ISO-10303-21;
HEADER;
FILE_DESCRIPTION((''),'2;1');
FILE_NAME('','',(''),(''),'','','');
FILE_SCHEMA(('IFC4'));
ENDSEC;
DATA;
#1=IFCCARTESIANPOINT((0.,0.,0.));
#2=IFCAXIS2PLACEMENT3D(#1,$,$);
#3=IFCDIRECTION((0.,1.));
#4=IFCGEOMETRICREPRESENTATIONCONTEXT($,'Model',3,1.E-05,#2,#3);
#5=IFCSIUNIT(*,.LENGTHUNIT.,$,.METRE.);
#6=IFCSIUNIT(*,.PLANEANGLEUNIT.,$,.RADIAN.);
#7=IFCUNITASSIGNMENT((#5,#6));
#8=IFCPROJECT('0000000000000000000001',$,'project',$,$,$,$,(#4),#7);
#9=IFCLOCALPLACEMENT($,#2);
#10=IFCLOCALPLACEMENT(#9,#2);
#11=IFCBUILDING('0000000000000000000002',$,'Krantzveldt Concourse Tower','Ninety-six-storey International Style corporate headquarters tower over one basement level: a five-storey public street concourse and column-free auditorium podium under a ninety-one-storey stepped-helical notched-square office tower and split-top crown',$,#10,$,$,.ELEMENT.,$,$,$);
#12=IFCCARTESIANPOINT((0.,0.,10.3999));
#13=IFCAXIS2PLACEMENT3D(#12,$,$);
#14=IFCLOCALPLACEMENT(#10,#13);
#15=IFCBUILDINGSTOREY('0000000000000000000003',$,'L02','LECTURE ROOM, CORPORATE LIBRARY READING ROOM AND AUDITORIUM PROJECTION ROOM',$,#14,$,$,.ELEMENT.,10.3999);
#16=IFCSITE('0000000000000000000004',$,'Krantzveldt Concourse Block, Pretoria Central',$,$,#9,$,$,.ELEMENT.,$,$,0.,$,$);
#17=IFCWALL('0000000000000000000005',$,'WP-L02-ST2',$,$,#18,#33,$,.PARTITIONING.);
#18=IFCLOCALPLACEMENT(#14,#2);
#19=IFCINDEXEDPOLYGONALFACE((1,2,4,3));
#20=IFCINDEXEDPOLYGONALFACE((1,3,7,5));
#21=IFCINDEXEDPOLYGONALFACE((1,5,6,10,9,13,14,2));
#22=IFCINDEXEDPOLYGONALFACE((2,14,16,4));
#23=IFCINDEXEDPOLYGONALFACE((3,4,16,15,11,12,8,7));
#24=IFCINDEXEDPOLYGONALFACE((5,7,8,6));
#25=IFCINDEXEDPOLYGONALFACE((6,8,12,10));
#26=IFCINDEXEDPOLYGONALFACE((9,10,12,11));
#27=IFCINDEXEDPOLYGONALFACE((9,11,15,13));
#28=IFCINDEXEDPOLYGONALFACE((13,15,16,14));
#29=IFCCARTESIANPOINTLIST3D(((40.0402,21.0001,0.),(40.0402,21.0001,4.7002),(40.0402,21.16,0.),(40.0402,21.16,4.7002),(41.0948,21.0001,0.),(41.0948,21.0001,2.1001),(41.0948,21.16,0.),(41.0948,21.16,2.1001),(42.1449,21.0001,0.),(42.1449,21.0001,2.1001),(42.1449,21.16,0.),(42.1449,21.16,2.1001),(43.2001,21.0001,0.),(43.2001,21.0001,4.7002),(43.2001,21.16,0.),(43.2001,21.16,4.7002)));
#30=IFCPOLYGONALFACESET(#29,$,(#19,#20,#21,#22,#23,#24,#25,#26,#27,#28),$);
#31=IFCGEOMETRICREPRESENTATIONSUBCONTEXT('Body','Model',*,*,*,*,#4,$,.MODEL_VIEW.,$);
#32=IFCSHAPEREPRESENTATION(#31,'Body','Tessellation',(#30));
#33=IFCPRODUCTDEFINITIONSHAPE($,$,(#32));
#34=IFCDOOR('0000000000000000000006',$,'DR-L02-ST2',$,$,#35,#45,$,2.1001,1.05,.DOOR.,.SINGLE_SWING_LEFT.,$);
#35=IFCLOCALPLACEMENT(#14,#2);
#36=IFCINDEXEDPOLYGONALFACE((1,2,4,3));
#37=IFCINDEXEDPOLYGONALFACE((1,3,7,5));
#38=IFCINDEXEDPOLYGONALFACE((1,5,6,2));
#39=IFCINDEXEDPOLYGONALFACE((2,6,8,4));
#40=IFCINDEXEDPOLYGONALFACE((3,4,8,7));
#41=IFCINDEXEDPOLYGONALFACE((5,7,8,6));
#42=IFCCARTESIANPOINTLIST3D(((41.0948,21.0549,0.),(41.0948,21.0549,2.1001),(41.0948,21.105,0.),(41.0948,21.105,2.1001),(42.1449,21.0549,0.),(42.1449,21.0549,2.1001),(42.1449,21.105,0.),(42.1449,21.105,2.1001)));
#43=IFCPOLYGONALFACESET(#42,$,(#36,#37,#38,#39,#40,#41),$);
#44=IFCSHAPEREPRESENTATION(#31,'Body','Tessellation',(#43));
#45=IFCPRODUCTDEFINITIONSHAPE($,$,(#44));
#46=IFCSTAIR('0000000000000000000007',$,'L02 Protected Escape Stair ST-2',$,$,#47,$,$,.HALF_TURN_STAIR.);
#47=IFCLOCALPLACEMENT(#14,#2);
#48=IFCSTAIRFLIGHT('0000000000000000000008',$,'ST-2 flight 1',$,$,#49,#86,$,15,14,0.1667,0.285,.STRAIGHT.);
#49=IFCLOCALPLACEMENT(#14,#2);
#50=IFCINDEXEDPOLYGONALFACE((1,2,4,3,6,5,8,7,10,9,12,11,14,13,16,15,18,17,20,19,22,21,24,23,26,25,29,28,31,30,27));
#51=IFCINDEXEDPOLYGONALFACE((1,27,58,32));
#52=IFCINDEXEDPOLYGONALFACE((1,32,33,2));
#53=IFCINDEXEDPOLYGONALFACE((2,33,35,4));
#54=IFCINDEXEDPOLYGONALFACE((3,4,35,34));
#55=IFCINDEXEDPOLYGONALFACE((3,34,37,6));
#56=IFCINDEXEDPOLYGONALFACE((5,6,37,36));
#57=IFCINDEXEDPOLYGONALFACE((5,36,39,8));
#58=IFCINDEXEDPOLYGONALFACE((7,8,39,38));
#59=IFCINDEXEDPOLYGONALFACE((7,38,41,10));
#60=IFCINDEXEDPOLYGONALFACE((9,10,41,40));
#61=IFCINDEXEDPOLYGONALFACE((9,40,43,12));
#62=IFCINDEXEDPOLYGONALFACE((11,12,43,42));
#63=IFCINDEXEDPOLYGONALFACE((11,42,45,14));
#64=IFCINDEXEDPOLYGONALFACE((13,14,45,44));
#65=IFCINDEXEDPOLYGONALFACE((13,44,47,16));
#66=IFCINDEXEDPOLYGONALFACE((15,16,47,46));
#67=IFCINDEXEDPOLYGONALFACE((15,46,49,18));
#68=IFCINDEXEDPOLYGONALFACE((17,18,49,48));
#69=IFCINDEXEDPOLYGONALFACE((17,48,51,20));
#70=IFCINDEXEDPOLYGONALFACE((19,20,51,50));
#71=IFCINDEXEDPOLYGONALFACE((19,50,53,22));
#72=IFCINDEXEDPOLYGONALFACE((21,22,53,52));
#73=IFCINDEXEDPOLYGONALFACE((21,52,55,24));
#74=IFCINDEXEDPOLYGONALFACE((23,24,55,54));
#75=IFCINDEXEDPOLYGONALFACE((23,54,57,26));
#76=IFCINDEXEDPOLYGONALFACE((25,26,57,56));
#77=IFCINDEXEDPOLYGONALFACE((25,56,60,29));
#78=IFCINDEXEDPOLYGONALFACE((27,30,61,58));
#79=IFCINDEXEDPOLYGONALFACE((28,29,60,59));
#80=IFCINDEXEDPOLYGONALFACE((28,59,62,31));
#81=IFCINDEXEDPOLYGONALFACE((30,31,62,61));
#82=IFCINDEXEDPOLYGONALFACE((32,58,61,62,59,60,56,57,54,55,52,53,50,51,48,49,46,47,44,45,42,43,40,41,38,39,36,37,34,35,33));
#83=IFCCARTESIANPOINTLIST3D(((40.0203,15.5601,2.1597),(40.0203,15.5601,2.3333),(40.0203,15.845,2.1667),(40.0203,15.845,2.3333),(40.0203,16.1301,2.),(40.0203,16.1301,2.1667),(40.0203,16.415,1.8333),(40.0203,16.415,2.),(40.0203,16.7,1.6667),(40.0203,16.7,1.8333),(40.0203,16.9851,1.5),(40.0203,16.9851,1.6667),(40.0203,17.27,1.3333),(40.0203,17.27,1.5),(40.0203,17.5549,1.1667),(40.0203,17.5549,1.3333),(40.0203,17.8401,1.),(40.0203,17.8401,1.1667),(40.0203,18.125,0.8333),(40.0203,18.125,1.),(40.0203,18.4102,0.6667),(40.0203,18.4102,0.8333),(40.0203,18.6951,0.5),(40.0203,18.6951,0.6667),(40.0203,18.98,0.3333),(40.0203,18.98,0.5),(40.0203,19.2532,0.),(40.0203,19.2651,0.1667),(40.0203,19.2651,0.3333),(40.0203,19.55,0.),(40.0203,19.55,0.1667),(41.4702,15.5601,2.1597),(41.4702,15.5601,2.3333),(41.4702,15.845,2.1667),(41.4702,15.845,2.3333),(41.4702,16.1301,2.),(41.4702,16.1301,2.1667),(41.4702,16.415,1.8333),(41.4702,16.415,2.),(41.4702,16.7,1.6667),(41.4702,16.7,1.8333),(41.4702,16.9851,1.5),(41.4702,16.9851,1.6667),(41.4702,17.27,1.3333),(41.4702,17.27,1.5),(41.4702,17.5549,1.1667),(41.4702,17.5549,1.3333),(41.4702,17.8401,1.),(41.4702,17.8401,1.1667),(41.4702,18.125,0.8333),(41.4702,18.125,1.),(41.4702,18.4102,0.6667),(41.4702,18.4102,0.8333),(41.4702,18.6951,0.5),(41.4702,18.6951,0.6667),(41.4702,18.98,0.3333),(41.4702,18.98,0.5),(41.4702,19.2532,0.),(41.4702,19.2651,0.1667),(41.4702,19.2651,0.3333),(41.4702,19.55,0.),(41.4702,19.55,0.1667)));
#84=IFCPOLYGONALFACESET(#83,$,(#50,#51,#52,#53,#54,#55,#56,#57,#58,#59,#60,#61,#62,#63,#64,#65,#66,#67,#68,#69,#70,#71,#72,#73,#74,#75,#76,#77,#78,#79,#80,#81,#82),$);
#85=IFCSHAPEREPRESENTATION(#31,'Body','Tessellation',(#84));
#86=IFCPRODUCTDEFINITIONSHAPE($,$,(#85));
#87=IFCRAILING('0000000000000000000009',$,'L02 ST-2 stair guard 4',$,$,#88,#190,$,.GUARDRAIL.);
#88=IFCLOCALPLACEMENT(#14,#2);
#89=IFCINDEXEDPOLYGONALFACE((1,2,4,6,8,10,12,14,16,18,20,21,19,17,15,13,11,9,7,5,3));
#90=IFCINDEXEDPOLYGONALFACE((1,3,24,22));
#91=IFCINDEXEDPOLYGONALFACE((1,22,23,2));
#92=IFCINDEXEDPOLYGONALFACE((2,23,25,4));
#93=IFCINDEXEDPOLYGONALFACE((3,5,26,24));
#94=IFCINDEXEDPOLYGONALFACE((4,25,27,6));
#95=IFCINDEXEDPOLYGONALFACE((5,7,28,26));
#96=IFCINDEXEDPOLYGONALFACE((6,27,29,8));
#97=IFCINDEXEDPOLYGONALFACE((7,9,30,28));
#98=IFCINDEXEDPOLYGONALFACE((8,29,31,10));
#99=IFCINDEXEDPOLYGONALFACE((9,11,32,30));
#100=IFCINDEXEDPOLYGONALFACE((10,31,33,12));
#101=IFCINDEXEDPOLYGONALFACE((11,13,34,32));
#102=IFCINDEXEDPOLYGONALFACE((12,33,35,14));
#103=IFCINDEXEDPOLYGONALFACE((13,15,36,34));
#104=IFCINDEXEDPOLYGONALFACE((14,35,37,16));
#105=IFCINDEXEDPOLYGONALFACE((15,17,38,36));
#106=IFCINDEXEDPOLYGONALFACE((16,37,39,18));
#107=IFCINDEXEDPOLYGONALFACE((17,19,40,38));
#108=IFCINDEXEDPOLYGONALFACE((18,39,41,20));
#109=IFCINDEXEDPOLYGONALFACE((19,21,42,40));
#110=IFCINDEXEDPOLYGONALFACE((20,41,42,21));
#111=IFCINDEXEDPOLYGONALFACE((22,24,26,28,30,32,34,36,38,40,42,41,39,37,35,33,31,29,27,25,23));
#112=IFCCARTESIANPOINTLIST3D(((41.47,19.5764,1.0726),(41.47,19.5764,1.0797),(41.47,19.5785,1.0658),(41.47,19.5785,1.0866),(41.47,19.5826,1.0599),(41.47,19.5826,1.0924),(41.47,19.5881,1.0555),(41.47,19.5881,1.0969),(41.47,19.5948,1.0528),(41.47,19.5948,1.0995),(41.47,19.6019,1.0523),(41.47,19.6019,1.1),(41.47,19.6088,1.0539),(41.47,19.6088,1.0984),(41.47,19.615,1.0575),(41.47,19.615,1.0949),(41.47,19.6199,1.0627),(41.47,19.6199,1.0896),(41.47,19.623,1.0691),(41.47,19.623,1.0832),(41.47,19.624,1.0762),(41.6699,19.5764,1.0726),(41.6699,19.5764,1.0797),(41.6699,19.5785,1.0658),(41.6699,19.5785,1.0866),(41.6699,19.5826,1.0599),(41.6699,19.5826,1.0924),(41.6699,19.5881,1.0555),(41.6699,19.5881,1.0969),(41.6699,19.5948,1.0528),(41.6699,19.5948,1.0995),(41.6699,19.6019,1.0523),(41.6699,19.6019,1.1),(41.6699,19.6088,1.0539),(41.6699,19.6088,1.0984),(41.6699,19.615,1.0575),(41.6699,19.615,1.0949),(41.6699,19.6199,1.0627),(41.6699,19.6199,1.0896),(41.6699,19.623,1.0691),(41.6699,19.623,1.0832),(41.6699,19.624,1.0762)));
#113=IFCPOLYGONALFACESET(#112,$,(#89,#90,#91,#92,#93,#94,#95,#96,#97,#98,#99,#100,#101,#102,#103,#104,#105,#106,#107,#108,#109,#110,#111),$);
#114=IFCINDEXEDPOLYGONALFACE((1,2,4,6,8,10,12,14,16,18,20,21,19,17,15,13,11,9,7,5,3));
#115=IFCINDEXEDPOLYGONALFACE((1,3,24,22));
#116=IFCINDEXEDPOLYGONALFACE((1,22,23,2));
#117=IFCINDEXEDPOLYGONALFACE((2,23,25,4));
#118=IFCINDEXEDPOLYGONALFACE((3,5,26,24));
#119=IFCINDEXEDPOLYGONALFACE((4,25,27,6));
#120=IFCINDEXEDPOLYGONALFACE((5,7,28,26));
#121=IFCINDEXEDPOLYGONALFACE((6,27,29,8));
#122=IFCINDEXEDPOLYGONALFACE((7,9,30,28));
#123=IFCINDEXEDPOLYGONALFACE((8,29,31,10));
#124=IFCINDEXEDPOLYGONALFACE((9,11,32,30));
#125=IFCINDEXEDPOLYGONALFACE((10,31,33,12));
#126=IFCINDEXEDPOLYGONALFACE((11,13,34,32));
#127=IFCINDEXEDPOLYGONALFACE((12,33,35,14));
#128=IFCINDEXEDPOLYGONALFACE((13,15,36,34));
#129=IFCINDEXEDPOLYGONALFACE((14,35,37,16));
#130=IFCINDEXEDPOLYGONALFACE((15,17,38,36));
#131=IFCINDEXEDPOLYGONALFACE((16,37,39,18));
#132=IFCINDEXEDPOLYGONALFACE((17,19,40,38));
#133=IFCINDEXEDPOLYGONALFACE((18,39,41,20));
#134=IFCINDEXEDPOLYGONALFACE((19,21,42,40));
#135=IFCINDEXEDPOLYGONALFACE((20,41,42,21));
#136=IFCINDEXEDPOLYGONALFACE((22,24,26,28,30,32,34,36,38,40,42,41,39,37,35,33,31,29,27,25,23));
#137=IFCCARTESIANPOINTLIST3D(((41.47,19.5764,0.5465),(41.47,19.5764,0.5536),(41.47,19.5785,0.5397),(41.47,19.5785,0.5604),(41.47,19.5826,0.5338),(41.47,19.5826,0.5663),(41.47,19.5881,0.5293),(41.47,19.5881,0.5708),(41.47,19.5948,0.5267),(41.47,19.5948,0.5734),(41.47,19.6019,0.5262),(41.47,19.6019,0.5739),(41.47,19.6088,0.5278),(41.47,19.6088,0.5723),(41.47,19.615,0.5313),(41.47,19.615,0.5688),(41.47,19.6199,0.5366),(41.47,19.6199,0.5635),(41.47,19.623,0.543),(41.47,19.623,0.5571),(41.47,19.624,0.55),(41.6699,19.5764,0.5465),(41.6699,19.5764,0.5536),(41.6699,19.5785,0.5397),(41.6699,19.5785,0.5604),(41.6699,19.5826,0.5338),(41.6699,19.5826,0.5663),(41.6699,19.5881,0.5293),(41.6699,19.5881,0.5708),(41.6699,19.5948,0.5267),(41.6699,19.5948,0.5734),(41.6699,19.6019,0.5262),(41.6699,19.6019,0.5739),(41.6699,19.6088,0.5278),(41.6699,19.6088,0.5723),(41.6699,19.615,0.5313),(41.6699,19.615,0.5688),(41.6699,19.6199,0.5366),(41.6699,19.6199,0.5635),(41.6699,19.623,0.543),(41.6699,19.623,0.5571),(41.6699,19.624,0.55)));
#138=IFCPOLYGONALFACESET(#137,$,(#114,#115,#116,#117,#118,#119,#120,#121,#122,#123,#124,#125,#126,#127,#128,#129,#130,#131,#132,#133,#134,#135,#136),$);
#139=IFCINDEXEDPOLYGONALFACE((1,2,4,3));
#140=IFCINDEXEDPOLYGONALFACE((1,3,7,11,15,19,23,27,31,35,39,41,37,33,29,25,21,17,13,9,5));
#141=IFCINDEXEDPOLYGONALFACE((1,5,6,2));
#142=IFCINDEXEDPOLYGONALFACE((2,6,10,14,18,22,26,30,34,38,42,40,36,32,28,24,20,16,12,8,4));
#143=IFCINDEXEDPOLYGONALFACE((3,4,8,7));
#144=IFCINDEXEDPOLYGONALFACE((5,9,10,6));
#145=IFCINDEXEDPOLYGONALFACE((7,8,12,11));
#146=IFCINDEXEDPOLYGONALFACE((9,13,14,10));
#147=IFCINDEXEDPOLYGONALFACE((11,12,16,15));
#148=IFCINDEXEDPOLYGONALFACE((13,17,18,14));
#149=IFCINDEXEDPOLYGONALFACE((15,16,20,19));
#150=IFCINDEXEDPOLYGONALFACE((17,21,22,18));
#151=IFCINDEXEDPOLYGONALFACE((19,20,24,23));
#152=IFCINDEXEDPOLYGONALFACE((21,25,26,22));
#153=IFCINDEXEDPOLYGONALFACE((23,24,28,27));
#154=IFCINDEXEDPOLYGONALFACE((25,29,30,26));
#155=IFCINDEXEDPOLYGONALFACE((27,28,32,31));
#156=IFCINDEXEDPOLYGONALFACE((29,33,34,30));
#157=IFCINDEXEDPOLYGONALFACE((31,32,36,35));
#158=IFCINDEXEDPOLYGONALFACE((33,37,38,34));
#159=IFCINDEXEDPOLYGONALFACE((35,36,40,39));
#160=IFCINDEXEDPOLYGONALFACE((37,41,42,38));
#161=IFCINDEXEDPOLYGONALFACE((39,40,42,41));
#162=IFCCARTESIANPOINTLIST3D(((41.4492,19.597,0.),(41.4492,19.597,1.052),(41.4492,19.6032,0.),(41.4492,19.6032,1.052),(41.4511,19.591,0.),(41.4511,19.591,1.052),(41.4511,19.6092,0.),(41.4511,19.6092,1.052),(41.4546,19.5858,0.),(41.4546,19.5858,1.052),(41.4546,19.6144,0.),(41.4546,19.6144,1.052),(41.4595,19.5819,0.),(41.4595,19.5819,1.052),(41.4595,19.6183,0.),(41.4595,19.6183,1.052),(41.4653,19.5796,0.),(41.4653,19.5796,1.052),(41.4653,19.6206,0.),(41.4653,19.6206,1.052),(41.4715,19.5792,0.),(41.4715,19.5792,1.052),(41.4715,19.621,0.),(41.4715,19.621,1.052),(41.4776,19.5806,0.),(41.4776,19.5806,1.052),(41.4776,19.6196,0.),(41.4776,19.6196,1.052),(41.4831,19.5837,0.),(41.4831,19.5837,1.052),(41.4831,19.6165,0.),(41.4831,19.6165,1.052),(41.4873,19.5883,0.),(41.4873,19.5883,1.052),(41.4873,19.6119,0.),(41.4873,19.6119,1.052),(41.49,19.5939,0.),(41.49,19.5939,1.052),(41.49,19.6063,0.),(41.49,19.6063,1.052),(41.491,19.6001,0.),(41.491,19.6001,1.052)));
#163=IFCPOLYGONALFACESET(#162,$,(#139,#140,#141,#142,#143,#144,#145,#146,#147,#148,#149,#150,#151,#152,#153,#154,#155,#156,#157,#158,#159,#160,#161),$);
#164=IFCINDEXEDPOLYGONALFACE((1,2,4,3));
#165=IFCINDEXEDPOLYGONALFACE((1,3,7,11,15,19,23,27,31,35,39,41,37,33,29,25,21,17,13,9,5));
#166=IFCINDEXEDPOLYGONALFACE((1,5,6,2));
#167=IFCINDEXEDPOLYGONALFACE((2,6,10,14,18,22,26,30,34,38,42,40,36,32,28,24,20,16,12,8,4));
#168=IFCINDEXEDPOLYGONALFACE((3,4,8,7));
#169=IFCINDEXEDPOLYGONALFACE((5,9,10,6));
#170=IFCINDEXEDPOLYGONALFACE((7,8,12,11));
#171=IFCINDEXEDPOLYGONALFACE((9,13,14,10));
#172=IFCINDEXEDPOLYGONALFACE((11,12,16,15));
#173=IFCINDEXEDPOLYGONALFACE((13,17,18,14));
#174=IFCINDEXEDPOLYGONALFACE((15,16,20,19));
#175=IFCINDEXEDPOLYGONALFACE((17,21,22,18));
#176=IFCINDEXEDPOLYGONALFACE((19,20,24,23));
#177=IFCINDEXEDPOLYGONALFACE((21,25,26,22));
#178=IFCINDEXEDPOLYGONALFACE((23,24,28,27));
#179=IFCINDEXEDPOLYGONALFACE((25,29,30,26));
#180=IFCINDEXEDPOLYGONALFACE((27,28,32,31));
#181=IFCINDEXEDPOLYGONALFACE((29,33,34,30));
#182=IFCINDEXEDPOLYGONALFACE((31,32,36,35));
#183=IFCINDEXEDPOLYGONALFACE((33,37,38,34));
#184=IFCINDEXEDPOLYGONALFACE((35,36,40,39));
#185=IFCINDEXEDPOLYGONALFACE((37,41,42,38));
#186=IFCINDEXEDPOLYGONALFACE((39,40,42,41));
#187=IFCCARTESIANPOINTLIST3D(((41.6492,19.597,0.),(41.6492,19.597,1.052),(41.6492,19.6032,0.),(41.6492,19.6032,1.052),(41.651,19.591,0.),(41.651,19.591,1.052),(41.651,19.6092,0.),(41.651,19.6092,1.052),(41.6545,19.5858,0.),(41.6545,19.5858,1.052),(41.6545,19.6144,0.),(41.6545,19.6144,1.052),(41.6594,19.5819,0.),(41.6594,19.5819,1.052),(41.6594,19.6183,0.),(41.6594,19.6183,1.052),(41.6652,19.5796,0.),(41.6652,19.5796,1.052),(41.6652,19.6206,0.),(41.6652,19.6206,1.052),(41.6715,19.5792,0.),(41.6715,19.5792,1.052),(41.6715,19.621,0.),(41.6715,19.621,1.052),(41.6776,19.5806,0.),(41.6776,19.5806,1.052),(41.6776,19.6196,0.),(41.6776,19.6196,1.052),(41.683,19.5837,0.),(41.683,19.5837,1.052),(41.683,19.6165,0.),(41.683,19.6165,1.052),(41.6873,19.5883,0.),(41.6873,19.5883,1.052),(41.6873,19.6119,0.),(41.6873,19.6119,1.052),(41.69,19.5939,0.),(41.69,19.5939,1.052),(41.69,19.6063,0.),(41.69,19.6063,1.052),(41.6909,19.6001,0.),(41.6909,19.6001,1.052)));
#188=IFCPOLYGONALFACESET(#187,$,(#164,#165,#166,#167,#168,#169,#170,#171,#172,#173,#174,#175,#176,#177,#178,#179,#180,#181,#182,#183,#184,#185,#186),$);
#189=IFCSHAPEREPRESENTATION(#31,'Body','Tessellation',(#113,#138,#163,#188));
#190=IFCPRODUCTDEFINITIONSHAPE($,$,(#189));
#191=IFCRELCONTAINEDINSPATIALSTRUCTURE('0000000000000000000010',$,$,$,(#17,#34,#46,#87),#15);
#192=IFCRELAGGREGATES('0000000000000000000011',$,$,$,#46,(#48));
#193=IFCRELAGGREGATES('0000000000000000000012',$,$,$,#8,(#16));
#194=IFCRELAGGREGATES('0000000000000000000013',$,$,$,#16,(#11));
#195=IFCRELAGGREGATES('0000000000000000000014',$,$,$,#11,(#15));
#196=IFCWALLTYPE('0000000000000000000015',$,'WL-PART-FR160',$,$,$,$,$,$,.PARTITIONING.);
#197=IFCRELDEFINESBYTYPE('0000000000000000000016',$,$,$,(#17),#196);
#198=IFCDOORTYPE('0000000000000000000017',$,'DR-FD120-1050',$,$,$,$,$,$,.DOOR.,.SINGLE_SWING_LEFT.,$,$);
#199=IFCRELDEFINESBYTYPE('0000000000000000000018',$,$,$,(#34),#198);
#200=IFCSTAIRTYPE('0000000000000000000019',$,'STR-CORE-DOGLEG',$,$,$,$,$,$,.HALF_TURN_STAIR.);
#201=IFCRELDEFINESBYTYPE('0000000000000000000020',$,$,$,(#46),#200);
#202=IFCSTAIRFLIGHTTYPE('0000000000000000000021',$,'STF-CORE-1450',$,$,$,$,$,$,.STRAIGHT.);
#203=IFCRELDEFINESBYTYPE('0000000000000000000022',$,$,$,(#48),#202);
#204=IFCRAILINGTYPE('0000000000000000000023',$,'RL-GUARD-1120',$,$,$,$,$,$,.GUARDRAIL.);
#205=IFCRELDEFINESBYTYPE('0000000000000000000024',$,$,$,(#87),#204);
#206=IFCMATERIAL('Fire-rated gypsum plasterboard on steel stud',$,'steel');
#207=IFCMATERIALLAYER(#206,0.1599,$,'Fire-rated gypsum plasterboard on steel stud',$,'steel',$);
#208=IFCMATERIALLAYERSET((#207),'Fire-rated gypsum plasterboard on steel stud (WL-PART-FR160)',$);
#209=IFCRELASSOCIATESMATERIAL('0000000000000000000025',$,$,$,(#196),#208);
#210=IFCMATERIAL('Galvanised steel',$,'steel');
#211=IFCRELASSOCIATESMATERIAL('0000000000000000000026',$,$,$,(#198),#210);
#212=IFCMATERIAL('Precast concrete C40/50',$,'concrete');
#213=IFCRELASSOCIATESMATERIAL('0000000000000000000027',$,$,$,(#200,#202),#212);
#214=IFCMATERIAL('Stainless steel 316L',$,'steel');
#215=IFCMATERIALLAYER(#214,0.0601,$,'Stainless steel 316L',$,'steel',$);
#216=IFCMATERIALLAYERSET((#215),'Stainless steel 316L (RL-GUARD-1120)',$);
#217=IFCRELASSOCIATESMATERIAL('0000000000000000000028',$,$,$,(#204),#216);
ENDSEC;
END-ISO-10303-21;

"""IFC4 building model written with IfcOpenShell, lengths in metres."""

from ifc_helpers import new_model, si_unit, direction, frame, frame_2d, origin, origin_2d, place, context, subcontext, project, spatial, polyline, rectangle, circle, outline, extrude, material, layer, layer_set, type_object, element, fill, aggregate, save


model = new_model("IFC4")

# Units and contexts
model_context = context("Model", 3, precision=1e-05, world=origin(), true_north=direction((0.0, 1.0)))
body_context = subcontext(model_context, "Body", "Model", "MODEL_VIEW")
ifc_project = project(units=[si_unit("LENGTHUNIT", "METRE"), si_unit("PLANEANGLEUNIT", "RADIAN")], contexts=[model_context])

# Site, building, storey
site_placement = place(None, origin())
site = spatial("IfcSite", under=ifc_project, at=site_placement, Name="Krantzveldt Concourse Block, Pretoria Central", CompositionType="ELEMENT", RefElevation=0.0)
building_placement = place(site_placement, origin())
building = spatial("IfcBuilding", under=site, at=building_placement, Name="Krantzveldt Concourse Tower", Description="Ninety-six-storey International Style corporate headquarters tower over one basement level: a five-storey public street concourse and column-free auditorium podium under a ninety-one-storey stepped-helical notched-square office tower and split-top crown", CompositionType="ELEMENT")
storey_placement = place(building_placement, frame((0.0, 0.0, 10.3999)))
storey = spatial("IfcBuildingStorey", under=building, at=storey_placement, Name="L02", Description="LECTURE ROOM, CORPORATE LIBRARY READING ROOM AND AUDITORIUM PROJECTION ROOM", CompositionType="ELEMENT", Elevation=10.3999)

# Shared definitions
ifc_material_1 = material(Name="Fire-rated gypsum plasterboard on steel stud", Category="steel")
ifc_material_2 = material(Name="Stainless steel 316L", Category="steel")

# Wall, opening, door
ifc_layer_1 = layer(ifc_material_1, 0.1599, Name="Fire-rated gypsum plasterboard on steel stud", Category="steel")
ifc_layer_set_1 = layer_set([ifc_layer_1], Name="Fire-rated gypsum plasterboard on steel stud (WL-PART-FR160)")
wall_type_1 = type_object("IfcWallType", Name="WL-PART-FR160", PredefinedType="PARTITIONING", material=ifc_layer_set_1)
wall_1_placement = place(storey_placement, frame((40.04, 21.0801, 0.0), z_axis=(0.0, 0.0, 1.0), x_axis=(1.0, 0.0, 0.0)))
wall_1 = element("IfcWall", 1, at=wall_1_placement, inside=storey, type_object=wall_type_1, Name="WP-L02-ST2", PredefinedType="PARTITIONING", context=body_context, shape_type="SweptSolid", body=[
    extrude(rectangle(XDim=3.1599, YDim=0.1599, at=frame_2d((1.5801, 0.0))), origin(), (0.0, 0.0, 1.0), 4.7002),
])
opening_1_placement = place(wall_1_placement, frame((1.0549, 0.0, 0.0)))
opening_1 = element("IfcOpeningElement", 2, at=opening_1_placement, cuts=wall_1, PredefinedType="OPENING", context=body_context, shape_type="SweptSolid", body=[
    extrude(rectangle(XDim=1.05, YDim=2.1001, at=frame_2d((0.5249, 1.05))), frame((0.0, 0.0898, 0.0), z_axis=(0.0, -1.0, 0.0), x_axis=(1.0, 0.0, 0.0)), (0.0, 0.0, 1.0), 0.1799),
])
ifc_material_3 = material(Name="Galvanised steel", Category="steel")
door_type_1 = type_object("IfcDoorType", Name="DR-FD120-1050", OperationType="SINGLE_SWING_LEFT", PredefinedType="DOOR", material=ifc_material_3)
door_1_placement = place(opening_1_placement, origin())
door_1 = element("IfcDoor", 3, at=door_1_placement, inside=storey, type_object=door_type_1, Name="DR-L02-ST2", OperationType="SINGLE_SWING_LEFT", OverallHeight=2.1001, OverallWidth=1.05, PredefinedType="DOOR", context=body_context, shape_type="SweptSolid", body=[
    extrude(rectangle(XDim=1.05, YDim=2.1001, at=frame_2d((0.5249, 1.05))), frame((0.0, 0.0249, 0.0), z_axis=(0.0, -1.0, 0.0), x_axis=(1.0, 0.0, 0.0)), (0.0, 0.0, 1.0), 0.05),
])
fill(opening_1, door_1)

# Stair, stair flight
ifc_material_4 = material(Name="Precast concrete C40/50", Category="concrete")
stair_type = type_object("IfcStairType", Name="STR-CORE-DOGLEG", PredefinedType="HALF_TURN_STAIR", material=ifc_material_4)
stair_placement = place(storey_placement, origin())
stair = element("IfcStair", 4, at=stair_placement, inside=storey, type_object=stair_type, Name="L02 Protected Escape Stair ST-2", PredefinedType="HALF_TURN_STAIR")
stair_flight_type = type_object("IfcStairFlightType", Name="STF-CORE-1450", PredefinedType="STRAIGHT", material=ifc_material_4)
stair_flight_placement = place(storey_placement, frame((40.7451, 19.55, 0.0), z_axis=(0.0, 0.0, 1.0), x_axis=(0.0, -1.0, 0.0)))
stair_flight = element("IfcStairFlight", 5, at=stair_flight_placement, type_object=stair_flight_type, Name="ST-2 flight 1", NumberOfRisers=15, NumberOfTreads=14, PredefinedType="STRAIGHT", RiserHeight=0.1667, TreadLength=0.285, context=body_context, shape_type="SweptSolid", body=[
    extrude(outline(polyline([(0.0, 0.0), (0.0, 0.1667), (0.2849, 0.1667), (0.2849, 0.3333), (0.5701, 0.3333), (0.5701, 0.5), (0.855, 0.5), (0.855, 0.6667), (1.1399, 0.6667), (1.1399, 0.8333), (1.425, 0.8333), (1.425, 1.0), (1.71, 1.0), (1.71, 1.1667), (1.9951, 1.1667), (1.9951, 1.3333), (2.28, 1.3333), (2.28, 1.5), (2.5649, 1.5), (2.5649, 1.6667), (2.8501, 1.6667), (2.8501, 1.8333), (3.135, 1.8333), (3.135, 2.0), (3.4199, 2.0), (3.4199, 2.1667), (3.7051, 2.1667), (3.7051, 2.3333), (3.99, 2.3333), (3.99, 2.5), (3.99, 2.1597), (0.2969, 0.0), (0.0, 0.0)])), frame((0.0, 0.7251, 0.0), z_axis=(0.0, -1.0, 0.0), x_axis=(1.0, 0.0, 0.0)), (0.0, 0.0, 1.0), 1.45),
])
aggregate(stair, [stair_flight])

# Railing
ifc_layer_2 = layer(ifc_material_2, 0.0601, Name="Stainless steel 316L", Category="steel")
ifc_layer_set_2 = layer_set([ifc_layer_2], Name="Stainless steel 316L (RL-GUARD-1120)")
railing_type_1 = type_object("IfcRailingType", Name="RL-GUARD-1120", PredefinedType="GUARDRAIL", material=ifc_layer_set_2)
railing_1_placement = place(storey_placement, frame((41.47, 19.6001, 0.0)))
element("IfcRailing", 6, at=railing_1_placement, inside=storey, type_object=railing_type_1, Name="L02 ST-2 stair guard 4", PredefinedType="GUARDRAIL", context=body_context, shape_type="SweptSolid", body=[
    extrude(circle(Radius=0.0239, at=origin_2d()), frame((0.0, 0.0, 1.0762), z_axis=(1.0, 0.0, 0.0), x_axis=(0.0, 1.0, 0.0)), (0.0, 0.0, 1.0), 0.2),
    extrude(circle(Radius=0.0239, at=origin_2d()), frame((0.0, 0.0, 0.55), z_axis=(1.0, 0.0, 0.0), x_axis=(0.0, 1.0, 0.0)), (0.0, 0.0, 1.0), 0.2),
    extrude(circle(Radius=0.021, at=origin_2d()), origin(), (0.0, 0.0, 1.0), 1.052),
    extrude(circle(Radius=0.021, at=origin_2d()), frame((0.2, 0.0, 0.0)), (0.0, 0.0, 1.0), 1.052),
])

save(model, "model.ifc")
